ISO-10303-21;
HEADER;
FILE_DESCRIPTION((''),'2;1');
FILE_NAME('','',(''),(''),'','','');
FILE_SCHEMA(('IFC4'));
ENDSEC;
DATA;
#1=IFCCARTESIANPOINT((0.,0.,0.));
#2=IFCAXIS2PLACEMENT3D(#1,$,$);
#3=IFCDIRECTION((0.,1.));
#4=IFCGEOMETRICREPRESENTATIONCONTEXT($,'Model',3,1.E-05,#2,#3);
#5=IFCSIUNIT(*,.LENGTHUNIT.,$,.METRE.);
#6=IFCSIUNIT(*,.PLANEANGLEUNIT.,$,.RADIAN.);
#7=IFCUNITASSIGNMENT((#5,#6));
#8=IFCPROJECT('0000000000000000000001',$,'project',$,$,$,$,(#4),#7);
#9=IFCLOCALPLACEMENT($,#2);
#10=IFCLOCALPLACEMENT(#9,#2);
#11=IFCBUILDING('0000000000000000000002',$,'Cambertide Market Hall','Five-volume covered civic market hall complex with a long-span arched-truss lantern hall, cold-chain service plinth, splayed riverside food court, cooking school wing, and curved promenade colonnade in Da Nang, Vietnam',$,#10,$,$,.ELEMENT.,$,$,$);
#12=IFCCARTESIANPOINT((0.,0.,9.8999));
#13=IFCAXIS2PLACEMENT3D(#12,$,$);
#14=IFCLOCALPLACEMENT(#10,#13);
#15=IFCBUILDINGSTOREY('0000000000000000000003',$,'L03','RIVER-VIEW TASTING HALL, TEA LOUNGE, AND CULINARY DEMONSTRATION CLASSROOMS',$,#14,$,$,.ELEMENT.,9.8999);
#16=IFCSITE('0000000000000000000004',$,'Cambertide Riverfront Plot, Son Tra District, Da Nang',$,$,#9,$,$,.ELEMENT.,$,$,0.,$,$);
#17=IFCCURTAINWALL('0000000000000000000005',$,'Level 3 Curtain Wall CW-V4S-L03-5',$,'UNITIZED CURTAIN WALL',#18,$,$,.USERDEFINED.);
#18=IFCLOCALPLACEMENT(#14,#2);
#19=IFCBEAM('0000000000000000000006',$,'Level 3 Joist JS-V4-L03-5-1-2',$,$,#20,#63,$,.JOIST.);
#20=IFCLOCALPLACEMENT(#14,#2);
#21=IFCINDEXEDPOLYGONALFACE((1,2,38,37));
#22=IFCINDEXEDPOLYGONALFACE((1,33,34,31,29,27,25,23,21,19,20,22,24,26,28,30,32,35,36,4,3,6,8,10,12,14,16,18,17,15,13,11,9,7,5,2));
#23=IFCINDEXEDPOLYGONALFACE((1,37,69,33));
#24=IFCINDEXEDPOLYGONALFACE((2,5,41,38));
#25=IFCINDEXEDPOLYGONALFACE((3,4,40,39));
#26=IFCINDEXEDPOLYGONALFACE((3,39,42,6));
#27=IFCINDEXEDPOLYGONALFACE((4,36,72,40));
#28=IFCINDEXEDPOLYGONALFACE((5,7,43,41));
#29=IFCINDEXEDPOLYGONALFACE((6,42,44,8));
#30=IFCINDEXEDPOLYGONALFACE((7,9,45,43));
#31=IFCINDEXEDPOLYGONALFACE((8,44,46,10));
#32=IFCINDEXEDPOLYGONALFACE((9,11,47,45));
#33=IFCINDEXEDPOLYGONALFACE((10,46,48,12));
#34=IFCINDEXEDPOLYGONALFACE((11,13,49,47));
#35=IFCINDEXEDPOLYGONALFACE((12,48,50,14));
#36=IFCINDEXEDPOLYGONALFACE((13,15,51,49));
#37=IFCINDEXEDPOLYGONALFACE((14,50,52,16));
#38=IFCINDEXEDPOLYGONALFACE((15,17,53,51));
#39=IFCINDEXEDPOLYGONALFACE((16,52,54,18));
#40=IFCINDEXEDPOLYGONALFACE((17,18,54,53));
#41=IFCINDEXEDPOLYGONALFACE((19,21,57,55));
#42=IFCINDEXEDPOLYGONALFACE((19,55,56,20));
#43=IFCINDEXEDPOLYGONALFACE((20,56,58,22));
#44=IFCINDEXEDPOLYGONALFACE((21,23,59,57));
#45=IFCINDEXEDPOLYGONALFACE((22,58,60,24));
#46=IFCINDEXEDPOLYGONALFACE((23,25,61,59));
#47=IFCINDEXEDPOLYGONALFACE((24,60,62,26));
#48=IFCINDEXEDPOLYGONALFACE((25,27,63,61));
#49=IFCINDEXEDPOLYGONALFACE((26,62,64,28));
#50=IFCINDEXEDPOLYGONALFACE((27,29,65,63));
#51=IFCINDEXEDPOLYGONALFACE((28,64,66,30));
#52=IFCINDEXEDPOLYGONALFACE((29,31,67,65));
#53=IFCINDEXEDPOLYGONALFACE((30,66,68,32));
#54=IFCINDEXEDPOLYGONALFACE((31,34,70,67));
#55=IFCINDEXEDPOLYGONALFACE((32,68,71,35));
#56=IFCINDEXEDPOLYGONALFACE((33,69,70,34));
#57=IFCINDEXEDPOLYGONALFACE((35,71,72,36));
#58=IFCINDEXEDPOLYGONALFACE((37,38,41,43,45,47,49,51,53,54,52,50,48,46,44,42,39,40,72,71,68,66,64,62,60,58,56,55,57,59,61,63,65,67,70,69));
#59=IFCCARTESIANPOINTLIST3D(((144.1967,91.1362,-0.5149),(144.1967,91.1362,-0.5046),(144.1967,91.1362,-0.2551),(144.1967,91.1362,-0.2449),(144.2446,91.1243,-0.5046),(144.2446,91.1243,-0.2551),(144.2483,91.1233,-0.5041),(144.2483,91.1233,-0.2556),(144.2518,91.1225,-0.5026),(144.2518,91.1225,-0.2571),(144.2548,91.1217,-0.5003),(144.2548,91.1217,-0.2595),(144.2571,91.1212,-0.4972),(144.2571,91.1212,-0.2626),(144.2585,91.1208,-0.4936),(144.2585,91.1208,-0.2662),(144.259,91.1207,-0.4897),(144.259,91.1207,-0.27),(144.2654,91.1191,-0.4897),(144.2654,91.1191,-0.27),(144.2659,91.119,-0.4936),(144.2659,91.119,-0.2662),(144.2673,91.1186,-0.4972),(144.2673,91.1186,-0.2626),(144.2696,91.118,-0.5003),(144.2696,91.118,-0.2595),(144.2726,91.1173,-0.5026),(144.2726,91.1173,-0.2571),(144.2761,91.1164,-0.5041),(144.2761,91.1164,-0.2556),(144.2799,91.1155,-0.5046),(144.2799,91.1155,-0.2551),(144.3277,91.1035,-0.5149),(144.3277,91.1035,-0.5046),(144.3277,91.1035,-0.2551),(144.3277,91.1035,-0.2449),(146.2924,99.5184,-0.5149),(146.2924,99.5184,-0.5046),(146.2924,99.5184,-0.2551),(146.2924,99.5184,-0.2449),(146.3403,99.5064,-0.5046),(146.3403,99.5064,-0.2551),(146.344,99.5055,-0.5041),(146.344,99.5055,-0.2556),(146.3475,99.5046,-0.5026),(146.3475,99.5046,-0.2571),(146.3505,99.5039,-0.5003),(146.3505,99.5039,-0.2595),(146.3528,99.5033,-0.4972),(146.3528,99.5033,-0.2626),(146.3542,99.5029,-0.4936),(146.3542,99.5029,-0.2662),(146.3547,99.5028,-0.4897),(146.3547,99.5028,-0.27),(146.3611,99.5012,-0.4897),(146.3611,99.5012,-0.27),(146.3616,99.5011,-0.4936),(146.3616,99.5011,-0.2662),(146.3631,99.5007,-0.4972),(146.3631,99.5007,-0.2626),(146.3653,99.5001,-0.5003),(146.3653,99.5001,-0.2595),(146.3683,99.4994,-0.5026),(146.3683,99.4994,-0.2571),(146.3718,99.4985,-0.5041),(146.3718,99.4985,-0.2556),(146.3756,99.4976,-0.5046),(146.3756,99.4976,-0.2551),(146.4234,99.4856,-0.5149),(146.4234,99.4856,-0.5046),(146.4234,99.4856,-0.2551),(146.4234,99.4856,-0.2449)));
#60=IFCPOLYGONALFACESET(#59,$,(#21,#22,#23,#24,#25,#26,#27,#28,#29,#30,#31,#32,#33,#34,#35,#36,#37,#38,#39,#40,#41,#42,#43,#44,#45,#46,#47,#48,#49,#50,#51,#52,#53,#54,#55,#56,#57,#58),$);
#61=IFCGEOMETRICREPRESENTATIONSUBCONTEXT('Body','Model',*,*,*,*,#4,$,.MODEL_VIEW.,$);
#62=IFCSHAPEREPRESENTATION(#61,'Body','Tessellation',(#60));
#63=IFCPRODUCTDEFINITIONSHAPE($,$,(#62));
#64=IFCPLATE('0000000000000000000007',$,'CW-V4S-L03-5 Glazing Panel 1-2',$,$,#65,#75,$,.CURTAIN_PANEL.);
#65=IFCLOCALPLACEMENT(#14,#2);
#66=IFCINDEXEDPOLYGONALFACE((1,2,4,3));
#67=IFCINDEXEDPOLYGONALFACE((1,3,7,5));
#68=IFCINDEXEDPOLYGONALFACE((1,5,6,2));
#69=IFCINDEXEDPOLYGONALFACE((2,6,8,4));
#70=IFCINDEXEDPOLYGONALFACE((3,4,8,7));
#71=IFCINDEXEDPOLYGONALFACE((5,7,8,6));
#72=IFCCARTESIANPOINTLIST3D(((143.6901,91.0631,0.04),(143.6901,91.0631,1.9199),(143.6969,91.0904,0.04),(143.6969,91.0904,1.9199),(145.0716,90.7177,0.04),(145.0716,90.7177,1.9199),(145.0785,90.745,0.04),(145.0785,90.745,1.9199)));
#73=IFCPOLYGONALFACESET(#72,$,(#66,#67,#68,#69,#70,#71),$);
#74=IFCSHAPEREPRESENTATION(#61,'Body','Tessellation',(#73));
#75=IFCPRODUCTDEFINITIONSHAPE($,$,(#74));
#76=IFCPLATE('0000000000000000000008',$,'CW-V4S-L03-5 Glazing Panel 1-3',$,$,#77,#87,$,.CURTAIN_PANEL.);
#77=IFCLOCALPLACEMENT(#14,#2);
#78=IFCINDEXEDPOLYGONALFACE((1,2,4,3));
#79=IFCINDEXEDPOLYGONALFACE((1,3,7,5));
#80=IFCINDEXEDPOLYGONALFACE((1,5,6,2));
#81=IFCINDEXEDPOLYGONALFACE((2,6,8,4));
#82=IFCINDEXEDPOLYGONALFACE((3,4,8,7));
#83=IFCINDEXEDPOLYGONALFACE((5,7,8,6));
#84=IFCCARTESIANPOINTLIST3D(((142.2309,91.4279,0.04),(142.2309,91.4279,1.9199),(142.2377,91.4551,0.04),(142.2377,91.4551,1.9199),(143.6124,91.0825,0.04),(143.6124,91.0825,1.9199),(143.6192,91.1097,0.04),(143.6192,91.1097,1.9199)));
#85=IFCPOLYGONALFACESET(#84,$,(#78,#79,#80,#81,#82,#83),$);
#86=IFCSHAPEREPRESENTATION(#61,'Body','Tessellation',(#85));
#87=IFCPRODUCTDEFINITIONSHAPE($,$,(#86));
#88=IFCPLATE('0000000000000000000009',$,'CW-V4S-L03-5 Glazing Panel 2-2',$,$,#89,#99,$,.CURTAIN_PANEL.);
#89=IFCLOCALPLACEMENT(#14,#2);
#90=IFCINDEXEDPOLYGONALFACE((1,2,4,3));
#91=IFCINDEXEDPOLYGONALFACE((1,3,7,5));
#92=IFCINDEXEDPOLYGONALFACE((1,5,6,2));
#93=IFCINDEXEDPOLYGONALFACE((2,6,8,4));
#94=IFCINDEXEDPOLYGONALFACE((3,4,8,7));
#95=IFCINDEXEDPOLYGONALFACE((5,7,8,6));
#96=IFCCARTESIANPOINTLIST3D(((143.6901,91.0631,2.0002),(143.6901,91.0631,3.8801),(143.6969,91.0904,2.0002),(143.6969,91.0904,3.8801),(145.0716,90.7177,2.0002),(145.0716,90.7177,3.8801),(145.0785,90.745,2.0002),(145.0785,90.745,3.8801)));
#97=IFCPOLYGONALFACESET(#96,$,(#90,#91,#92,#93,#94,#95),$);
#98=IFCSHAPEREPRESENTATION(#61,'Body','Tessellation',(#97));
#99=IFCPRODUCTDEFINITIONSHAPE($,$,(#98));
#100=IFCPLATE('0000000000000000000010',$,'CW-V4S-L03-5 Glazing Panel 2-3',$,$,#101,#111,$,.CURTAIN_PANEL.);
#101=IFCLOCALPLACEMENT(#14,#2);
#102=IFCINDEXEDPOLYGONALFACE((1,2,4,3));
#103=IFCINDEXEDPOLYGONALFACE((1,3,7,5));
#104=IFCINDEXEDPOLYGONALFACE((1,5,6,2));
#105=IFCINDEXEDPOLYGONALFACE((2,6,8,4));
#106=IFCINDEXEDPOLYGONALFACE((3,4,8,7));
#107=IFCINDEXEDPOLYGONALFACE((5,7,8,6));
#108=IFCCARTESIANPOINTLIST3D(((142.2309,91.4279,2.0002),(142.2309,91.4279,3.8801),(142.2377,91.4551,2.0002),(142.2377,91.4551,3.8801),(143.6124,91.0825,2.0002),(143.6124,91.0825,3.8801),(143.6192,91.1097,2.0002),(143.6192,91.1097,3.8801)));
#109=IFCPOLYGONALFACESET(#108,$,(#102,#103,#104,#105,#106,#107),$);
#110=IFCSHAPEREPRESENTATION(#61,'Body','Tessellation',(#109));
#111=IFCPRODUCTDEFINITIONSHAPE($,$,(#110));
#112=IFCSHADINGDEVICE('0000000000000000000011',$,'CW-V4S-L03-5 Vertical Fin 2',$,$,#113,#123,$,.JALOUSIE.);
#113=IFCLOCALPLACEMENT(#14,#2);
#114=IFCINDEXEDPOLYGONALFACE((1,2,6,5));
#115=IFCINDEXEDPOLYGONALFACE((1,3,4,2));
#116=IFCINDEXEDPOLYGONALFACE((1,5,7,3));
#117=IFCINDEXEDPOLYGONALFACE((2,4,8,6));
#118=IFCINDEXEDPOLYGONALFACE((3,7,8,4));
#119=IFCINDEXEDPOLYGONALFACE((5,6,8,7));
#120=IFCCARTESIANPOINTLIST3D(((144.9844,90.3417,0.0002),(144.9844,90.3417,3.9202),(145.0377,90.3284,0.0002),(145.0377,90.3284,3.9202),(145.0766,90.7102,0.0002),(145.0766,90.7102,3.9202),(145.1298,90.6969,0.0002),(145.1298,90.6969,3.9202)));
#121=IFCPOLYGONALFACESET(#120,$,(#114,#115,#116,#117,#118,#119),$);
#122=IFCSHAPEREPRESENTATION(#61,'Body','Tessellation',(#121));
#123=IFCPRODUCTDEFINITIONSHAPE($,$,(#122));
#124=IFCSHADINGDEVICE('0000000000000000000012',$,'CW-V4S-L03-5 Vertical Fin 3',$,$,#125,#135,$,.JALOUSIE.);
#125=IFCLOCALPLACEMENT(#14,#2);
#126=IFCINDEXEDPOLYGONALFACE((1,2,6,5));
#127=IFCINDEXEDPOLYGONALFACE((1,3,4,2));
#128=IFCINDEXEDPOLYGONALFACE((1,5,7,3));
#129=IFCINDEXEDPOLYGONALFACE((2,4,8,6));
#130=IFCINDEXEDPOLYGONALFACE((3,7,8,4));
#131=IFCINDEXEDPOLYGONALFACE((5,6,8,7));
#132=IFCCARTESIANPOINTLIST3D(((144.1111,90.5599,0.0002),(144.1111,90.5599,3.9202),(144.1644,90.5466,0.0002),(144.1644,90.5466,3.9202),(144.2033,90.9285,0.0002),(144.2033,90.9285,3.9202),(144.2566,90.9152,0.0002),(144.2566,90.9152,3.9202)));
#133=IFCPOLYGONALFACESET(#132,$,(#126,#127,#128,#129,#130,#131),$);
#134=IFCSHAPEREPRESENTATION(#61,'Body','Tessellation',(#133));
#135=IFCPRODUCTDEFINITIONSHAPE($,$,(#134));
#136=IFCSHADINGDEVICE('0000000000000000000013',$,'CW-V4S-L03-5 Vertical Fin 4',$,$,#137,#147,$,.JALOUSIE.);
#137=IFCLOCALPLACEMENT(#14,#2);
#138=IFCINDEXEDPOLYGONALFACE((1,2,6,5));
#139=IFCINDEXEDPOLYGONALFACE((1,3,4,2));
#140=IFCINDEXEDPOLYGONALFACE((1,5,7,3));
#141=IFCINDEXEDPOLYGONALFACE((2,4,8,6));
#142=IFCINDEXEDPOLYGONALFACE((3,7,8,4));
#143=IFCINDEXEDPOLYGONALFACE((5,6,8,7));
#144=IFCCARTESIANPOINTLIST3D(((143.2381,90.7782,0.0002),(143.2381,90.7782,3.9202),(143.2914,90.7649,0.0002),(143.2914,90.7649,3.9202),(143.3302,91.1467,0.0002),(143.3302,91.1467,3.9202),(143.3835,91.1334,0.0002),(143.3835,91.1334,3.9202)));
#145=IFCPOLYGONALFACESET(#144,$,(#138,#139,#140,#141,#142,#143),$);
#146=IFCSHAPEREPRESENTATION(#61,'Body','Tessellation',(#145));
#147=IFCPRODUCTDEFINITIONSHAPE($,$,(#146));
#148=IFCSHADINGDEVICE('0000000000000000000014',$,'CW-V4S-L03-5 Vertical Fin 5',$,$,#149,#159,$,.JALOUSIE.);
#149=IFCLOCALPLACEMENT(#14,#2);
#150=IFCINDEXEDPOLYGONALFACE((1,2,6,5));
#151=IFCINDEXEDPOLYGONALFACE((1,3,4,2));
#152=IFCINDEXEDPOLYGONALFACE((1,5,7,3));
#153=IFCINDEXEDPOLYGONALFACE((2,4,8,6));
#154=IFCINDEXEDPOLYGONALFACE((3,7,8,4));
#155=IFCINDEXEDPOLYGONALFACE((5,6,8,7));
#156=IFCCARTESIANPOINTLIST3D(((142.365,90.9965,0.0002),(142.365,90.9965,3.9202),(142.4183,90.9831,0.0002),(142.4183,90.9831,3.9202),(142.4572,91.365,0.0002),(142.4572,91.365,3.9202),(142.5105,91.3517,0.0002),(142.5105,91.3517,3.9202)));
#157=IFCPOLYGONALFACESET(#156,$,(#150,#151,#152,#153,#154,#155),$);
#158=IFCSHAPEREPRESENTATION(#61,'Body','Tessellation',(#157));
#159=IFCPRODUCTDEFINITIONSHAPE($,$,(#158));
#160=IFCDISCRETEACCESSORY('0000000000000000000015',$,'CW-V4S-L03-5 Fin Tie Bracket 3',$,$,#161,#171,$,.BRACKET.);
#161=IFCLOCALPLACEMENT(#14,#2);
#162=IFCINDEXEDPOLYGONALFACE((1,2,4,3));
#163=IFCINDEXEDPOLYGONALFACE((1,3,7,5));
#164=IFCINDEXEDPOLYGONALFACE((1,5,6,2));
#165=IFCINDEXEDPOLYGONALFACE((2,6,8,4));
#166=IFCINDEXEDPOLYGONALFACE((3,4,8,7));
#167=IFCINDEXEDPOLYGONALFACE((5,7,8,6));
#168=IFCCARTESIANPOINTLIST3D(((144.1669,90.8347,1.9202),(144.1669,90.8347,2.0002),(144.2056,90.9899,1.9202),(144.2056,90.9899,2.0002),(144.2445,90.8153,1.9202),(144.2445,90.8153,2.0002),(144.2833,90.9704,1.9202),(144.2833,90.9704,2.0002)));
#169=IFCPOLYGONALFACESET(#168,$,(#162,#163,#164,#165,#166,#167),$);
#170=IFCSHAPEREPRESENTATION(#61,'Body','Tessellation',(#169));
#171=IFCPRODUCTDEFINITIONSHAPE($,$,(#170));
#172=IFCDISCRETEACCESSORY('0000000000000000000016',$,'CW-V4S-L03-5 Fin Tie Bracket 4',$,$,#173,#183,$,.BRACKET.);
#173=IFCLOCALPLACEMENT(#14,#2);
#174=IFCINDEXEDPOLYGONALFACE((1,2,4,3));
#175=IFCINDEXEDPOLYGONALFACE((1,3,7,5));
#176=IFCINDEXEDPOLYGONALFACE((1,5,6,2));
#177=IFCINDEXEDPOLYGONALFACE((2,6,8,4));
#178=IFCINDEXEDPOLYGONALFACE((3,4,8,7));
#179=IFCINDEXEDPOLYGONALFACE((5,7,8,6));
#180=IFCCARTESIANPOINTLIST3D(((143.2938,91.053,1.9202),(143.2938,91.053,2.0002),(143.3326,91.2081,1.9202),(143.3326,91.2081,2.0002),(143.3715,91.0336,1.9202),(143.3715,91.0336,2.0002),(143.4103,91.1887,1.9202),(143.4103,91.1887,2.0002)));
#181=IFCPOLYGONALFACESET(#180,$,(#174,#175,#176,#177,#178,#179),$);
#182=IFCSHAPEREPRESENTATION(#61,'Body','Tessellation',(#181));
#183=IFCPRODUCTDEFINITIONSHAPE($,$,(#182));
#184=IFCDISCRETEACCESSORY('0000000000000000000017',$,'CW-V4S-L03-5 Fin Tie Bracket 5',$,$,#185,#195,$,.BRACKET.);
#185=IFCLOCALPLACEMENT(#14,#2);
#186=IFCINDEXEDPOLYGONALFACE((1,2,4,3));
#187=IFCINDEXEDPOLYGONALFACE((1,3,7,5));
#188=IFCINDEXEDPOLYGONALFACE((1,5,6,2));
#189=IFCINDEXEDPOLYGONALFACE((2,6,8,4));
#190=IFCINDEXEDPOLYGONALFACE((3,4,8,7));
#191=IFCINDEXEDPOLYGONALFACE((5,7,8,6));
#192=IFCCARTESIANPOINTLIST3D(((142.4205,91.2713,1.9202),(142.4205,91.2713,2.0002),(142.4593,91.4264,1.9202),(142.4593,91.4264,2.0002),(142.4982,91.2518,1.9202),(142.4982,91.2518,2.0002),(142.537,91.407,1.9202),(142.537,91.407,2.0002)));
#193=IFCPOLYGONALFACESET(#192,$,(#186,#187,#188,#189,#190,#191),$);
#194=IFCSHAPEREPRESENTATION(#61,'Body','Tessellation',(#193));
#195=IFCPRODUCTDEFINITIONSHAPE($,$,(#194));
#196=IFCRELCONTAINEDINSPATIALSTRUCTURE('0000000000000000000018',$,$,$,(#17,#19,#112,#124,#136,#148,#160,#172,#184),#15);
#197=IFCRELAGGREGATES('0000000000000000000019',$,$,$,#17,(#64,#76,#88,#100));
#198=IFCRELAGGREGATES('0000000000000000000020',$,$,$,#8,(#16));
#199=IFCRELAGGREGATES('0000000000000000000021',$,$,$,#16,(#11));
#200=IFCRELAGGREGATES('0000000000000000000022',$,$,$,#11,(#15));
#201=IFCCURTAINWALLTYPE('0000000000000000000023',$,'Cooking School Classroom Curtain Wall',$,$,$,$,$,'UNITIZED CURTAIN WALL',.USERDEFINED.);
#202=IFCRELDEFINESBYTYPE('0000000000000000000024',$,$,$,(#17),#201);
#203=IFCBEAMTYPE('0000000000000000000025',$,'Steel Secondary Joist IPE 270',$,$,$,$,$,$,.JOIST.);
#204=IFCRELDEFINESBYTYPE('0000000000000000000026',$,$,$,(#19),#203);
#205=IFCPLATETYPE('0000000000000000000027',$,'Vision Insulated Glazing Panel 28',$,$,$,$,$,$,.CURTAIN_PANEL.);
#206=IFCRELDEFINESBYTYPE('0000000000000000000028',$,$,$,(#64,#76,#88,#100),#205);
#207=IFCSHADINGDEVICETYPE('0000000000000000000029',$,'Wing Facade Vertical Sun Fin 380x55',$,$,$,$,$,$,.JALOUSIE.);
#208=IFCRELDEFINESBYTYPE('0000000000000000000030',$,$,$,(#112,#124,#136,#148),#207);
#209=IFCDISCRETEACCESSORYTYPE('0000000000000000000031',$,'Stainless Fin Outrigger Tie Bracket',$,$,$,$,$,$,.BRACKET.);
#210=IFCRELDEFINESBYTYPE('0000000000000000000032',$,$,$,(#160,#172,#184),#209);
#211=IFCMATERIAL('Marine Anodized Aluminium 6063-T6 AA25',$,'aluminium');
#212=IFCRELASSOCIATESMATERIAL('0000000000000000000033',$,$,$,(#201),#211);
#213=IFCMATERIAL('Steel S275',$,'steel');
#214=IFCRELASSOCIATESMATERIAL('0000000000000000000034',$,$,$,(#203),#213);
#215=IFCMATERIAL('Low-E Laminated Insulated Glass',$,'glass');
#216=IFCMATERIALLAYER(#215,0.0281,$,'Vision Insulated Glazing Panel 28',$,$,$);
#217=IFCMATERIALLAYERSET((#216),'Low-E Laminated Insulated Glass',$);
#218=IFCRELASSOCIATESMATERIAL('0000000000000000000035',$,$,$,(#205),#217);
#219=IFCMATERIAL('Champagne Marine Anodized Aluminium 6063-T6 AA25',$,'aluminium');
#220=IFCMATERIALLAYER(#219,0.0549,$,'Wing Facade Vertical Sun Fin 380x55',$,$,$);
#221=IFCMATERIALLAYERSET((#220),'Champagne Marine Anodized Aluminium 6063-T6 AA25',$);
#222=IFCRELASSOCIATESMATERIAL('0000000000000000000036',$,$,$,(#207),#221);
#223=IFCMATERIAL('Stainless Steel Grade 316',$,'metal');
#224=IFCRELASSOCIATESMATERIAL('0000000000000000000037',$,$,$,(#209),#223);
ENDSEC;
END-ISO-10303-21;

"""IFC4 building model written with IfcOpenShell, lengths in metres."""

from ifc_helpers import new_model, si_unit, direction, frame, origin, origin_2d, place, context, subcontext, project, spatial, rectangle, i_section, extrude, material, layer, layer_set, material_profile, profile_set, type_object, element, aggregate, save


model = new_model("IFC4")

# Units and contexts
model_context = context("Model", 3, precision=1e-05, world=origin(), true_north=direction((0.0, 1.0)))
body_context = subcontext(model_context, "Body", "Model", "MODEL_VIEW")
ifc_project = project(units=[si_unit("LENGTHUNIT", "METRE"), si_unit("PLANEANGLEUNIT", "RADIAN")], contexts=[model_context])

# Site, building, storey
site_placement = place(None, origin())
site = spatial("IfcSite", under=ifc_project, at=site_placement, Name="Cambertide Riverfront Plot, Son Tra District, Da Nang", CompositionType="ELEMENT", RefElevation=0.0)
building_placement = place(site_placement, origin())
building = spatial("IfcBuilding", under=site, at=building_placement, Name="Cambertide Market Hall", Description="Five-volume covered civic market hall complex with a long-span arched-truss lantern hall, cold-chain service plinth, splayed riverside food court, cooking school wing, and curved promenade colonnade in Da Nang, Vietnam", CompositionType="ELEMENT")
storey_placement = place(building_placement, frame((0.0, 0.0, 9.8999)))
storey = spatial("IfcBuildingStorey", under=building, at=storey_placement, Name="L03", Description="RIVER-VIEW TASTING HALL, TEA LOUNGE, AND CULINARY DEMONSTRATION CLASSROOMS", CompositionType="ELEMENT", Elevation=9.8999)

# Curtain wall
ifc_material_1 = material(Name="Marine Anodized Aluminium 6063-T6 AA25", Category="aluminium")
curtain_wall_type = type_object("IfcCurtainWallType", Name="Cooking School Classroom Curtain Wall", ElementType="UNITIZED CURTAIN WALL", PredefinedType="USERDEFINED", material=ifc_material_1)
curtain_wall_placement = place(storey_placement, origin())
curtain_wall = element("IfcCurtainWall", 1, at=curtain_wall_placement, inside=storey, type_object=curtain_wall_type, Name="Level 3 Curtain Wall CW-V4S-L03-5", ObjectType="UNITIZED CURTAIN WALL", PredefinedType="USERDEFINED")

# Beam
ifc_material_2 = material(Name="Steel S275", Category="steel")
ifc_material_profile_1 = material_profile(ifc_material_2, i_section(OverallWidth=0.135, OverallDepth=0.27, WebThickness=0.0066, FlangeThickness=0.0103, FilletRadius=0.0149, at=origin_2d()), Name="IPE 270")
ifc_profile_set_1 = profile_set([ifc_material_profile_1], Name="Steel S275")
beam_type = type_object("IfcBeamType", Name="Steel Secondary Joist IPE 270", PredefinedType="JOIST", material=ifc_profile_set_1)
beam_placement = place(storey_placement, frame((144.2622, 91.1199, -0.3799), z_axis=(0.242556, 0.970138, 0.0), x_axis=(-0.970138, 0.242556, 0.0)))
element("IfcBeam", 2, at=beam_placement, inside=storey, type_object=beam_type, Name="Level 3 Joist JS-V4-L03-5-1-2", PredefinedType="JOIST", context=body_context, shape_type="SweptSolid", body=[
    extrude(i_section(OverallWidth=0.135, OverallDepth=0.27, WebThickness=0.0066, FlangeThickness=0.0103, FilletRadius=0.0149, at=origin_2d()), origin(), (0.0, 0.0, 1.0), 8.6401),
])

# Plates
ifc_material_3 = material(Name="Low-E Laminated Insulated Glass", Category="glass")
ifc_layer_1 = layer(ifc_material_3, 0.0281, Name="Vision Insulated Glazing Panel 28")
ifc_layer_set_1 = layer_set([ifc_layer_1], Name="Low-E Laminated Insulated Glass")
plate_type = type_object("IfcPlateType", Name="Vision Insulated Glazing Panel 28", PredefinedType="CURTAIN_PANEL", material=ifc_layer_set_1)
plate_1_placement = place(storey_placement, frame((144.3843, 90.9041, 0.04), z_axis=(0.0, 0.0, 1.0), x_axis=(-0.970143, 0.242535, 0.0)))
plate_1 = element("IfcPlate", 3, at=plate_1_placement, type_object=plate_type, Name="CW-V4S-L03-5 Glazing Panel 1-2", PredefinedType="CURTAIN_PANEL", context=body_context, shape_type="SweptSolid", body=[
    extrude(rectangle(XDim=1.4241, YDim=0.0281, at=origin_2d()), origin(), (0.0, 0.0, 1.0), 1.8799),
])
plate_2_placement = place(storey_placement, frame((142.925, 91.2688, 0.04), z_axis=(0.0, 0.0, 1.0), x_axis=(-0.970143, 0.242535, 0.0)))
plate_2 = element("IfcPlate", 4, at=plate_2_placement, type_object=plate_type, Name="CW-V4S-L03-5 Glazing Panel 1-3", PredefinedType="CURTAIN_PANEL", context=body_context, shape_type="SweptSolid", body=[
    extrude(rectangle(XDim=1.4241, YDim=0.0281, at=origin_2d()), origin(), (0.0, 0.0, 1.0), 1.8799),
])
plate_3_placement = place(storey_placement, frame((144.3843, 90.9041, 2.0002), z_axis=(0.0, 0.0, 1.0), x_axis=(-0.970143, 0.242535, 0.0)))
plate_3 = element("IfcPlate", 5, at=plate_3_placement, type_object=plate_type, Name="CW-V4S-L03-5 Glazing Panel 2-2", PredefinedType="CURTAIN_PANEL", context=body_context, shape_type="SweptSolid", body=[
    extrude(rectangle(XDim=1.4241, YDim=0.0281, at=origin_2d()), origin(), (0.0, 0.0, 1.0), 1.8799),
])
plate_4_placement = place(storey_placement, frame((142.925, 91.2688, 2.0002), z_axis=(0.0, 0.0, 1.0), x_axis=(-0.970143, 0.242535, 0.0)))
plate_4 = element("IfcPlate", 6, at=plate_4_placement, type_object=plate_type, Name="CW-V4S-L03-5 Glazing Panel 2-3", PredefinedType="CURTAIN_PANEL", context=body_context, shape_type="SweptSolid", body=[
    extrude(rectangle(XDim=1.4241, YDim=0.0281, at=origin_2d()), origin(), (0.0, 0.0, 1.0), 1.8799),
])
aggregate(curtain_wall, [plate_1, plate_2, plate_3, plate_4])

# Shading devices
ifc_material_4 = material(Name="Champagne Marine Anodized Aluminium 6063-T6 AA25", Category="aluminium")
ifc_layer_2 = layer(ifc_material_4, 0.0549, Name="Wing Facade Vertical Sun Fin 380x55")
ifc_layer_set_2 = layer_set([ifc_layer_2], Name="Champagne Marine Anodized Aluminium 6063-T6 AA25")
shading_device_type = type_object("IfcShadingDeviceType", Name="Wing Facade Vertical Sun Fin 380x55", PredefinedType="JALOUSIE", material=ifc_layer_set_2)
for number, where, z_axis, x_axis, name in (
    (7, (145.0571, 90.5193, 0.0002), (0.0, 0.0, 1.0), (-0.970143, 0.242535, 0.0), "CW-V4S-L03-5 Vertical Fin 2"),
    (8, (144.1838, 90.7375, 0.0002), (0.0, 0.0, 1.0), (-0.970143, 0.242535, 0.0), "CW-V4S-L03-5 Vertical Fin 3"),
    (9, (143.3108, 90.9558, 0.0002), (0.0, 0.0, 1.0), (-0.970143, 0.242535, 0.0), "CW-V4S-L03-5 Vertical Fin 4"),
    (10, (142.4377, 91.1741, 0.0002), (0.0, 0.0, 1.0), (-0.970143, 0.242535, 0.0), "CW-V4S-L03-5 Vertical Fin 5"),
):
    element("IfcShadingDevice", number, at=place(storey_placement, frame(where, z_axis=z_axis, x_axis=x_axis)), inside=storey, type_object=shading_device_type, Name=name, PredefinedType="JALOUSIE", context=body_context, shape_type="SweptSolid", body=[
        extrude(rectangle(XDim=0.0549, YDim=0.3799, at=origin_2d()), origin(), (0.0, 0.0, 1.0), 3.9199),
    ])

# Discrete accessories
ifc_material_5 = material(Name="Stainless Steel Grade 316", Category="metal")
discrete_accessory_type = type_object("IfcDiscreteAccessoryType", Name="Stainless Fin Outrigger Tie Bracket", PredefinedType="BRACKET", material=ifc_material_5)
for number, where, z_axis, x_axis, name in (
    (11, (144.2251, 90.9026, 1.9202), (0.0, 0.0, 1.0), (-0.970143, 0.242535, 0.0), "CW-V4S-L03-5 Fin Tie Bracket 3"),
    (12, (143.3521, 91.1208, 1.9202), (0.0, 0.0, 1.0), (-0.970143, 0.242535, 0.0), "CW-V4S-L03-5 Fin Tie Bracket 4"),
    (13, (142.4788, 91.3391, 1.9202), (0.0, 0.0, 1.0), (-0.970143, 0.242535, 0.0), "CW-V4S-L03-5 Fin Tie Bracket 5"),
):
    element("IfcDiscreteAccessory", number, at=place(storey_placement, frame(where, z_axis=z_axis, x_axis=x_axis)), inside=storey, type_object=discrete_accessory_type, Name=name, PredefinedType="BRACKET", context=body_context, shape_type="SweptSolid", body=[
        extrude(rectangle(XDim=0.0801, YDim=0.1599, at=origin_2d()), origin(), (0.0, 0.0, 1.0), 0.0801),
    ])

save(model, "model.ifc")
